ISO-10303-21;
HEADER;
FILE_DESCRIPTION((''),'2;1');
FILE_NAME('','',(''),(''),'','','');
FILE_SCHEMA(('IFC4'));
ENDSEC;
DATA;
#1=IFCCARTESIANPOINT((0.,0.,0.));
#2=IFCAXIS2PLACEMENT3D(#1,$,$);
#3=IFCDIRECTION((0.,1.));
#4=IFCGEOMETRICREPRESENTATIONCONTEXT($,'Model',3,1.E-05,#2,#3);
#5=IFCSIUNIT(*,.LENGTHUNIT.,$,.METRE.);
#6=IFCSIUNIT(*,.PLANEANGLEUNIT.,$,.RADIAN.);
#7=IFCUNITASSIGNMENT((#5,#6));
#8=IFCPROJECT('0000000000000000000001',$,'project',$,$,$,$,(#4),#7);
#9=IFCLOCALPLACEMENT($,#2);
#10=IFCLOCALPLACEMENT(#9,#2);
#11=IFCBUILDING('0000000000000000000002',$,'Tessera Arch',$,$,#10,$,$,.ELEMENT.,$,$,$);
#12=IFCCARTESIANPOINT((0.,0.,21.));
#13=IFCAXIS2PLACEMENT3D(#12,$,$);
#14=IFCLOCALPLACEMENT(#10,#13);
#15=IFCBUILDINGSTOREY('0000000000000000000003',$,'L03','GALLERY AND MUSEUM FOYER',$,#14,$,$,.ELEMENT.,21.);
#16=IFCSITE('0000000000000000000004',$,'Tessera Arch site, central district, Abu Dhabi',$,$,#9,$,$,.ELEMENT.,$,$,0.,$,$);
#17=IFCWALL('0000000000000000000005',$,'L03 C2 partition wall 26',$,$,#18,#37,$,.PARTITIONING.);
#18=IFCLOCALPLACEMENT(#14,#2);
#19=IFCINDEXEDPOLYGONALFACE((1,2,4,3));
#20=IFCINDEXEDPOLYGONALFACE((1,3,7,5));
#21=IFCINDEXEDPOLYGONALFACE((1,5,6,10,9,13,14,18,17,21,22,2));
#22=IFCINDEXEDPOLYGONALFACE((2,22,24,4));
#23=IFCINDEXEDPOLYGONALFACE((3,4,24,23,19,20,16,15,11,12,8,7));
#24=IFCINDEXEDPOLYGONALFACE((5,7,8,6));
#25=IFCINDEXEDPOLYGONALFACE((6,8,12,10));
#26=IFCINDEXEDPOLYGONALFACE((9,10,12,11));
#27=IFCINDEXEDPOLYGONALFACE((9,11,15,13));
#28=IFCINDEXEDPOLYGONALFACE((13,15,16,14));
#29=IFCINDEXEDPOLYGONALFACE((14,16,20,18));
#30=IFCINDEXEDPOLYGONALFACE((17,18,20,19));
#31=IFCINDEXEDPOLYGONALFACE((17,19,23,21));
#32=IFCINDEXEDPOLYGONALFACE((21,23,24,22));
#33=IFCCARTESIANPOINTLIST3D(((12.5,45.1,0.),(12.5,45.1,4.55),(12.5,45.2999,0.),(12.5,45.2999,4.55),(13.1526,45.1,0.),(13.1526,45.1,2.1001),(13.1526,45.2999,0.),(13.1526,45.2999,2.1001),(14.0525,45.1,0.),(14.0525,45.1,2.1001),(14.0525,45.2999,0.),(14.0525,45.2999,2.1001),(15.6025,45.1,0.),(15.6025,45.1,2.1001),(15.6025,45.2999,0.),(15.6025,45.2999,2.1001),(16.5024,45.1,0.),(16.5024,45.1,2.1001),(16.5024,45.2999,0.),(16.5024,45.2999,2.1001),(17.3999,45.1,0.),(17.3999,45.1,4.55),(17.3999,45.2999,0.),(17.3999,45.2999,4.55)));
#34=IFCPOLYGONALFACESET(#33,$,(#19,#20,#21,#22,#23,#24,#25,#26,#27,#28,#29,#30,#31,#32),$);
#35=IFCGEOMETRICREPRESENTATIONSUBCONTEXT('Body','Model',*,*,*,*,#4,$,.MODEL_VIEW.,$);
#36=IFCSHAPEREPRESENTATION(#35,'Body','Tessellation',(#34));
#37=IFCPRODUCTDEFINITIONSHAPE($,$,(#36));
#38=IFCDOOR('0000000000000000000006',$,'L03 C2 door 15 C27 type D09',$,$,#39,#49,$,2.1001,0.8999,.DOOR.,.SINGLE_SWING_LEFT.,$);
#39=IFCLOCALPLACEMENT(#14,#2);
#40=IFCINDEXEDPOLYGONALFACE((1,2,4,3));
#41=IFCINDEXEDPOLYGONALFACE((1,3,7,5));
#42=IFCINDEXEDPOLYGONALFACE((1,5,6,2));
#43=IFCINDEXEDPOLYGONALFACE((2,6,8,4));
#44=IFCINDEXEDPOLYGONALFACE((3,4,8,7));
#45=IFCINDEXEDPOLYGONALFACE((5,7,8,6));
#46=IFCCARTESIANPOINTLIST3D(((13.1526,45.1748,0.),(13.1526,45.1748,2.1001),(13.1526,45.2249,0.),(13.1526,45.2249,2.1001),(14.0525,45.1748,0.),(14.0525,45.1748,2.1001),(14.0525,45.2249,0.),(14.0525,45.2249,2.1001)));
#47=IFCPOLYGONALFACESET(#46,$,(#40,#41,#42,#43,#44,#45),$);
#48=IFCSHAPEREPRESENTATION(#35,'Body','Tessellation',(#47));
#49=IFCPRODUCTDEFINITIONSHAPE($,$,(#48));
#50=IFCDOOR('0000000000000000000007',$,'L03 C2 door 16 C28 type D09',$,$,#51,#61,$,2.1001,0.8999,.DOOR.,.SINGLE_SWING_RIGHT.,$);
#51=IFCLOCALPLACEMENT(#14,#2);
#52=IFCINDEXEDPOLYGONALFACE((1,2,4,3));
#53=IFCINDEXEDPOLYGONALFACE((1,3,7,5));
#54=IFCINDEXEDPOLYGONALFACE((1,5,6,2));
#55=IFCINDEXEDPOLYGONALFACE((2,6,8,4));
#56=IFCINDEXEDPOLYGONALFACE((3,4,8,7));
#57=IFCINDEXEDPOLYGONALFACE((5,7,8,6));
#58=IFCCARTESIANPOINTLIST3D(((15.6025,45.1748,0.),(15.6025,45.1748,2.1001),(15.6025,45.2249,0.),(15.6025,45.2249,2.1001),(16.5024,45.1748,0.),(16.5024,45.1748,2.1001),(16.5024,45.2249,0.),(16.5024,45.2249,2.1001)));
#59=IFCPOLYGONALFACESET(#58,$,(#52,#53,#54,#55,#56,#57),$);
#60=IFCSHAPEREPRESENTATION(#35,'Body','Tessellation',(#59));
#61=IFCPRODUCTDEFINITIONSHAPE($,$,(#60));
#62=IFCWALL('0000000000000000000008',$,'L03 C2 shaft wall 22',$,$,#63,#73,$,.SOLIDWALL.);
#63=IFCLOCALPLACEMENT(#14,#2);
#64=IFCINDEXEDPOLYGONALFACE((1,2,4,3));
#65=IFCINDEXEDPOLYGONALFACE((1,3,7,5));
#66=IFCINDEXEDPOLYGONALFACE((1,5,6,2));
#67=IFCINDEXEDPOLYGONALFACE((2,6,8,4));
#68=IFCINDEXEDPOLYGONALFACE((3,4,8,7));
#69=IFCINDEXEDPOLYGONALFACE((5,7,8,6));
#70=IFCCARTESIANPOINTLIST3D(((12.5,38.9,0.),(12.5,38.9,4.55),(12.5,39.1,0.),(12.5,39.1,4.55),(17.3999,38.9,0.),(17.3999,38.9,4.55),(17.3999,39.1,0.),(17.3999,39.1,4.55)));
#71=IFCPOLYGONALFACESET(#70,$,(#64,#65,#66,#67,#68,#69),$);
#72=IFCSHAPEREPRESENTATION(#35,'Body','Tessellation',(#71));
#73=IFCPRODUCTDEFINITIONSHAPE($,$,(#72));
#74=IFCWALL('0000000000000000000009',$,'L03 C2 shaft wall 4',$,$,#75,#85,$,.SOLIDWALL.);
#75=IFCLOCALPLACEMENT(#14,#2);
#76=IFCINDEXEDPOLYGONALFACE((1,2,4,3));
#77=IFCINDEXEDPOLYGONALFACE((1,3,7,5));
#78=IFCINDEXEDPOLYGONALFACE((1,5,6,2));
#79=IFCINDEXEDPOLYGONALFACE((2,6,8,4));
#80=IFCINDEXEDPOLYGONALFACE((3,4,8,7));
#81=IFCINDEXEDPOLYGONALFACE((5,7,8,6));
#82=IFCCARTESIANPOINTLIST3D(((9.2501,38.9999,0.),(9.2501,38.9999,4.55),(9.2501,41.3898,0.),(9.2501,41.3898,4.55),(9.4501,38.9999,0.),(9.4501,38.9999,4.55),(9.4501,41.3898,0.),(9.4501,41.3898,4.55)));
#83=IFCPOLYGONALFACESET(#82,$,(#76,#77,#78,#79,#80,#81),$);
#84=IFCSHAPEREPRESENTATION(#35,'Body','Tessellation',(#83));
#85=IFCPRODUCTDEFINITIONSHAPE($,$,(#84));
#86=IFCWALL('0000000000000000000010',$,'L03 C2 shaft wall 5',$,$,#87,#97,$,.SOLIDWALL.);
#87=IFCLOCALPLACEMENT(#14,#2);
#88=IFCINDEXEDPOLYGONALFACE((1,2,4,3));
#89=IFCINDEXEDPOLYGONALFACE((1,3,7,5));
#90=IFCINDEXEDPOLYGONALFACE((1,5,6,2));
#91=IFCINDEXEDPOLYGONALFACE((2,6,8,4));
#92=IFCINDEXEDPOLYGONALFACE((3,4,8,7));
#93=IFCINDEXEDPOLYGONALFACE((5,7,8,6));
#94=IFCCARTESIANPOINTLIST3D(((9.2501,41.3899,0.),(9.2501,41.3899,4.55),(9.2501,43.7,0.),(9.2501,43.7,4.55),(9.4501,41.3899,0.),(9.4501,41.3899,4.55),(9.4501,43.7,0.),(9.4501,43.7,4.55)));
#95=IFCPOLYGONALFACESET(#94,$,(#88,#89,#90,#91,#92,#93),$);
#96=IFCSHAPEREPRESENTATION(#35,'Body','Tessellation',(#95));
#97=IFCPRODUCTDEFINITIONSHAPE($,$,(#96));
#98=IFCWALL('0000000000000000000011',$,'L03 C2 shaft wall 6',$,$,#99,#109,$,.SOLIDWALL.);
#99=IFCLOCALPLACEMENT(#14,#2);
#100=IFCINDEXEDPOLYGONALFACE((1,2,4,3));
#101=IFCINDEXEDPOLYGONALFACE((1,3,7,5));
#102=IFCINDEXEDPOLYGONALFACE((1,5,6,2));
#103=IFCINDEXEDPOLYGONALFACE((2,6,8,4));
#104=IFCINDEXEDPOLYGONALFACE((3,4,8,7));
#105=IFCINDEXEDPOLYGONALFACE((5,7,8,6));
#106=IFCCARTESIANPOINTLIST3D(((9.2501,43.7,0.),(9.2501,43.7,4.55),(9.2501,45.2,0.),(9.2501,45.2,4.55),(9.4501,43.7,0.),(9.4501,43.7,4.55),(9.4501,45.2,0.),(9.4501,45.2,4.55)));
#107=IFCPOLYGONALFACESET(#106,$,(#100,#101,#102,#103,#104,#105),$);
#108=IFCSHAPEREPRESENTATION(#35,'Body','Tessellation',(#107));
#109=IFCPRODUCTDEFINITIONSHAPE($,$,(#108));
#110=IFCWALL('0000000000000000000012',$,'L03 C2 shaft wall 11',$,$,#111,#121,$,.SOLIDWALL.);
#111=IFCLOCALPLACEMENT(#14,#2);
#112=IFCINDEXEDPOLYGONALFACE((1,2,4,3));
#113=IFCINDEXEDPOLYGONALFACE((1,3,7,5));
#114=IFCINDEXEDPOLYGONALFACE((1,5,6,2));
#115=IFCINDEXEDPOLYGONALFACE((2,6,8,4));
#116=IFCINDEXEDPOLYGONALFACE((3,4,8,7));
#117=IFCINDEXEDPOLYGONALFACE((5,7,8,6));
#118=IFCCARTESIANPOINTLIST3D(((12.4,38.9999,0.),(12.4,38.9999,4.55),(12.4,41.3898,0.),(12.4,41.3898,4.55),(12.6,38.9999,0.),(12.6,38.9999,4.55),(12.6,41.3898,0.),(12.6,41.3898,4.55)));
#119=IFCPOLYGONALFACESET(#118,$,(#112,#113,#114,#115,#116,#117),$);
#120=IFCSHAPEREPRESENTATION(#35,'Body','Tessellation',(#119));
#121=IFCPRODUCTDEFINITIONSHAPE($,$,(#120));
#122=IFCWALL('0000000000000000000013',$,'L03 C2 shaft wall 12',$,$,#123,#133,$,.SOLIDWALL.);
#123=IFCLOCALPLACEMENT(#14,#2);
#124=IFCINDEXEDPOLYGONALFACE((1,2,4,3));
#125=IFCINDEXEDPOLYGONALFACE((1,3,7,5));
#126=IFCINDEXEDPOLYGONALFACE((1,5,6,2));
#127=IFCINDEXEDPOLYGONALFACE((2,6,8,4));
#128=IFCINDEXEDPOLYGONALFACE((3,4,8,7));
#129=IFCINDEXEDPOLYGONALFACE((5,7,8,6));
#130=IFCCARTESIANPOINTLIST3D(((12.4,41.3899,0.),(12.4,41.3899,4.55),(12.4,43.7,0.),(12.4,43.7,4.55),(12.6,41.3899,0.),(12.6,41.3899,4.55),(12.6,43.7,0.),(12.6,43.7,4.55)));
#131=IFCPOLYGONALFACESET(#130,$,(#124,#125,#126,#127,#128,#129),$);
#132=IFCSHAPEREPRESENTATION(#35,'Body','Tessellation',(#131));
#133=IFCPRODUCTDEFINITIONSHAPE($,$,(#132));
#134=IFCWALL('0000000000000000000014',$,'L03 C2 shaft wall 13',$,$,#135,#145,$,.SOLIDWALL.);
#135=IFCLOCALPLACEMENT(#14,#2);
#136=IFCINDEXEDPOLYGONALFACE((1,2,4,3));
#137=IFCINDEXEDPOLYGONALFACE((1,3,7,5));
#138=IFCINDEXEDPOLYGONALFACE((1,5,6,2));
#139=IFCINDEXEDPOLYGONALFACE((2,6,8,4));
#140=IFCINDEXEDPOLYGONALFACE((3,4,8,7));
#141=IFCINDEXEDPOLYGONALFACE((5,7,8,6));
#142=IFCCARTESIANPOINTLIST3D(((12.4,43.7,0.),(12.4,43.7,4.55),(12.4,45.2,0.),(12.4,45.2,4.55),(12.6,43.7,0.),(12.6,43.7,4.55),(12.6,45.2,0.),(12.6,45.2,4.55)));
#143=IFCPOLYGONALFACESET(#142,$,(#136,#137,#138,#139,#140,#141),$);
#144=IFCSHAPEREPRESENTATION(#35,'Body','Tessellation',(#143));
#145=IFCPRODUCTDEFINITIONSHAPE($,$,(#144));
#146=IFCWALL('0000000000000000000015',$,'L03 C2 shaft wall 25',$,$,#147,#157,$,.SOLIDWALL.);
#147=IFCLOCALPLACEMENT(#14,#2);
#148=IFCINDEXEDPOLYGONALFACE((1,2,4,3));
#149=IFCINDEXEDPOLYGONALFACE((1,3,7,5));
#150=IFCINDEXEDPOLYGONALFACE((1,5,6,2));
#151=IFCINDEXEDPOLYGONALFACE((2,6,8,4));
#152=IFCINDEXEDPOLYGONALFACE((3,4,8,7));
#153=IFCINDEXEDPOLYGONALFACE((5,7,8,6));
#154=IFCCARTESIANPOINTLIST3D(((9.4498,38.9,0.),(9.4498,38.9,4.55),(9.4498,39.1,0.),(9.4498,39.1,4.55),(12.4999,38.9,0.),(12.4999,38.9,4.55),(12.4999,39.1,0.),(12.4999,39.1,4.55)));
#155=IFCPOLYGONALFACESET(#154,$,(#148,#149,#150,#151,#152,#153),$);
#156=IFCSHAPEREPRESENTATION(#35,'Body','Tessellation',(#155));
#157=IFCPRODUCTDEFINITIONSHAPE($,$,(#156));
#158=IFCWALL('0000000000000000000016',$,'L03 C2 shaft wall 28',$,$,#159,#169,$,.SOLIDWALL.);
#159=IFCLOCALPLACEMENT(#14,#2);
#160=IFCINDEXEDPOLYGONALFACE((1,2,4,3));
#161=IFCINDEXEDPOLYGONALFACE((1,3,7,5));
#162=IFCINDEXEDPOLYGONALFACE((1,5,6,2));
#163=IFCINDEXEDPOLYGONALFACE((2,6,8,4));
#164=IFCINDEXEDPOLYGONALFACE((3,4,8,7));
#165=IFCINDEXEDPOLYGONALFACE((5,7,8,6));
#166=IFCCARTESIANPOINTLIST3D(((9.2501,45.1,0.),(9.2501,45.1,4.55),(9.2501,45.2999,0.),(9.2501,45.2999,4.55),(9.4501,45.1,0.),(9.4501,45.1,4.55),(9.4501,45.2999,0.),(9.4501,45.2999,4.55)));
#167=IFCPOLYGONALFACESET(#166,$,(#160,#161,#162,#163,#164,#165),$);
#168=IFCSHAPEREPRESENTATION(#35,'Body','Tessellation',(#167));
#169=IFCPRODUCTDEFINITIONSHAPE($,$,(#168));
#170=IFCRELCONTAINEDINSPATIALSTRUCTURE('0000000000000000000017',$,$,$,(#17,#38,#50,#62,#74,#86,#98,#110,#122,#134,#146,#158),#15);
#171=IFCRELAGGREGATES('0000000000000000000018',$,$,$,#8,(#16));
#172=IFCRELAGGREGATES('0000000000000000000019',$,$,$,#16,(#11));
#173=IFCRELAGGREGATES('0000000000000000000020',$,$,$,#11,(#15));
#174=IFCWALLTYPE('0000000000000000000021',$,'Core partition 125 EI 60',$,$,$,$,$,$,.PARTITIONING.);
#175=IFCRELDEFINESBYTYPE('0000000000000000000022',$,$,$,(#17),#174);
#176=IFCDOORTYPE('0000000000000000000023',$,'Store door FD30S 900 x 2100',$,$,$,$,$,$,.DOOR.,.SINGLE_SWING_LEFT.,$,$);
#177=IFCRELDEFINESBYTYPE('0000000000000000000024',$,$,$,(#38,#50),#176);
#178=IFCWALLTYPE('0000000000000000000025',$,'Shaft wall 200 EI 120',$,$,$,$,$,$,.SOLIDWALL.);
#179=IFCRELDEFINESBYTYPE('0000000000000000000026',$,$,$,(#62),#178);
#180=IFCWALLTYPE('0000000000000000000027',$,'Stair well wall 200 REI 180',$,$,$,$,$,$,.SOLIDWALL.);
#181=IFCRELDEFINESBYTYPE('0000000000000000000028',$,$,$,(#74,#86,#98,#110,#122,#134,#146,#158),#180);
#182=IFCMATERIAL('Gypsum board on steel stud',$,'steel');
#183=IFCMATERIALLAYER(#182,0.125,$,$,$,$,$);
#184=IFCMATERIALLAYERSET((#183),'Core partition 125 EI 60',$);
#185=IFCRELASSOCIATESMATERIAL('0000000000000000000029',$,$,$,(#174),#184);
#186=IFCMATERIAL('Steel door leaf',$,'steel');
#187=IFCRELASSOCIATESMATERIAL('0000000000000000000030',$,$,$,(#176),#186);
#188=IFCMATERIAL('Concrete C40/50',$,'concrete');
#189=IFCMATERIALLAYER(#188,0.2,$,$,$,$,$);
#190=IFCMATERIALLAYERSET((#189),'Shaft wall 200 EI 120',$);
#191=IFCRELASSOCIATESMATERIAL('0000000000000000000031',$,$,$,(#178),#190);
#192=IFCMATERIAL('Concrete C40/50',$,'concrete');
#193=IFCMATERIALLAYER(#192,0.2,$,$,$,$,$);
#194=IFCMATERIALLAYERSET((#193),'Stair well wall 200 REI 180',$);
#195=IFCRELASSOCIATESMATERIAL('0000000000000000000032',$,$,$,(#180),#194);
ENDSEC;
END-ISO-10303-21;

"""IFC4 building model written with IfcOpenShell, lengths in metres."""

from ifc_helpers import new_model, si_unit, direction, frame, frame_2d, origin, place, context, subcontext, project, spatial, rectangle, extrude, material, layer, layer_set, type_object, element, fill, save


model = new_model("IFC4")

# Units and contexts
model_context = context("Model", 3, precision=1e-05, world=origin(), true_north=direction((0.0, 1.0)))
body_context = subcontext(model_context, "Body", "Model", "MODEL_VIEW")
ifc_project = project(units=[si_unit("LENGTHUNIT", "METRE"), si_unit("PLANEANGLEUNIT", "RADIAN")], contexts=[model_context])

# Site, building, storey
site_placement = place(None, origin())
site = spatial("IfcSite", under=ifc_project, at=site_placement, Name="Tessera Arch site, central district, Abu Dhabi", CompositionType="ELEMENT", RefElevation=0.0)
building_placement = place(site_placement, origin())
building = spatial("IfcBuilding", under=site, at=building_placement, Name="Tessera Arch", CompositionType="ELEMENT")
storey_placement = place(building_placement, frame((0.0, 0.0, 21.0)))
storey = spatial("IfcBuildingStorey", under=building, at=storey_placement, Name="L03", Description="GALLERY AND MUSEUM FOYER", CompositionType="ELEMENT", Elevation=21.0)

# Shared definitions
ifc_material_1 = material(Name="Gypsum board on steel stud", Category="steel")
ifc_layer_1 = layer(ifc_material_1, 0.125)
ifc_layer_set_1 = layer_set([ifc_layer_1], Name="Core partition 125 EI 60")
wall_type_1 = type_object("IfcWallType", Name="Core partition 125 EI 60", PredefinedType="PARTITIONING", material=ifc_layer_set_1)

# Wall, openings, doors
wall_1_placement = place(storey_placement, frame((12.5, 45.2, 0.0), z_axis=(0.0, 0.0, 1.0), x_axis=(1.0, 0.0, 0.0)))
wall_1 = element("IfcWall", 1, at=wall_1_placement, inside=storey, type_object=wall_type_1, Name="L03 C2 partition wall 26", PredefinedType="PARTITIONING", context=body_context, shape_type="SweptSolid", body=[
    extrude(rectangle(XDim=4.8999, YDim=0.2, at=frame_2d((2.45, 0.0))), origin(), (0.0, 0.0, 1.0), 4.55),
])
opening_1_placement = place(wall_1_placement, frame((0.6526, 0.0, 0.0)))
opening_1 = element("IfcOpeningElement", 2, at=opening_1_placement, cuts=wall_1, PredefinedType="OPENING", context=body_context, shape_type="SweptSolid", body=[
    extrude(rectangle(XDim=0.8999, YDim=2.1001, at=frame_2d((0.45, 1.05))), frame((0.0, 0.1099, 0.0), z_axis=(0.0, -1.0, 0.0), x_axis=(1.0, 0.0, 0.0)), (0.0, 0.0, 1.0), 0.22),
])
opening_2_placement = place(wall_1_placement, frame((3.1025, 0.0, 0.0)))
opening_2 = element("IfcOpeningElement", 3, at=opening_2_placement, cuts=wall_1, PredefinedType="OPENING", context=body_context, shape_type="SweptSolid", body=[
    extrude(rectangle(XDim=0.8999, YDim=2.1001, at=frame_2d((0.45, 1.05))), frame((0.0, 0.1099, 0.0), z_axis=(0.0, -1.0, 0.0), x_axis=(1.0, 0.0, 0.0)), (0.0, 0.0, 1.0), 0.22),
])
ifc_material_2 = material(Name="Steel door leaf", Category="steel")
door_type_1 = type_object("IfcDoorType", Name="Store door FD30S 900 x 2100", OperationType="SINGLE_SWING_LEFT", PredefinedType="DOOR", material=ifc_material_2)
door_1_placement = place(opening_1_placement, origin())
door_1 = element("IfcDoor", 4, at=door_1_placement, inside=storey, type_object=door_type_1, Name="L03 C2 door 15 C27 type D09", OperationType="SINGLE_SWING_LEFT", OverallHeight=2.1001, OverallWidth=0.8999, PredefinedType="DOOR", context=body_context, shape_type="SweptSolid", body=[
    extrude(rectangle(XDim=0.8999, YDim=2.1001, at=frame_2d((0.45, 1.05))), frame((0.0, 0.0249, 0.0), z_axis=(0.0, -1.0, 0.0), x_axis=(1.0, 0.0, 0.0)), (0.0, 0.0, 1.0), 0.05),
])
fill(opening_1, door_1)
door_2_placement = place(opening_2_placement, origin())
door_2 = element("IfcDoor", 5, at=door_2_placement, inside=storey, type_object=door_type_1, Name="L03 C2 door 16 C28 type D09", OperationType="SINGLE_SWING_RIGHT", OverallHeight=2.1001, OverallWidth=0.8999, PredefinedType="DOOR", context=body_context, shape_type="SweptSolid", body=[
    extrude(rectangle(XDim=0.8999, YDim=2.1001, at=frame_2d((0.45, 1.05))), frame((0.0, 0.0249, 0.0), z_axis=(0.0, -1.0, 0.0), x_axis=(1.0, 0.0, 0.0)), (0.0, 0.0, 1.0), 0.05),
])
fill(opening_2, door_2)

# Walls
ifc_material_3 = material(Name="Concrete C40/50", Category="concrete")
ifc_layer_2 = layer(ifc_material_3, 0.2)
ifc_layer_set_2 = layer_set([ifc_layer_2], Name="Shaft wall 200 EI 120")
wall_type_2 = type_object("IfcWallType", Name="Shaft wall 200 EI 120", PredefinedType="SOLIDWALL", material=ifc_layer_set_2)
wall_2_placement = place(storey_placement, frame((12.5, 39.0, 0.0), z_axis=(0.0, 0.0, 1.0), x_axis=(1.0, 0.0, 0.0)))
element("IfcWall", 6, at=wall_2_placement, inside=storey, type_object=wall_type_2, Name="L03 C2 shaft wall 22", PredefinedType="SOLIDWALL", context=body_context, shape_type="SweptSolid", body=[
    extrude(rectangle(XDim=4.8999, YDim=0.2, at=frame_2d((2.45, 0.0))), origin(), (0.0, 0.0, 1.0), 4.55),
])
ifc_material_4 = material(Name="Concrete C40/50", Category="concrete")
ifc_layer_3 = layer(ifc_material_4, 0.2)
ifc_layer_set_3 = layer_set([ifc_layer_3], Name="Stair well wall 200 REI 180")
wall_type_3 = type_object("IfcWallType", Name="Stair well wall 200 REI 180", PredefinedType="SOLIDWALL", material=ifc_layer_set_3)
wall_3_placement = place(storey_placement, frame((9.3501, 39.0, 0.0), z_axis=(0.0, 0.0, 1.0), x_axis=(0.0, 1.0, 0.0)))
element("IfcWall", 7, at=wall_3_placement, inside=storey, type_object=wall_type_3, Name="L03 C2 shaft wall 4", PredefinedType="SOLIDWALL", context=body_context, shape_type="SweptSolid", body=[
    extrude(rectangle(XDim=2.3899, YDim=0.2, at=frame_2d((1.1948, 0.0))), origin(), (0.0, 0.0, 1.0), 4.55),
])
wall_4_placement = place(storey_placement, frame((9.3501, 41.3899, 0.0), z_axis=(0.0, 0.0, 1.0), x_axis=(0.0, 1.0, 0.0)))
element("IfcWall", 8, at=wall_4_placement, inside=storey, type_object=wall_type_3, Name="L03 C2 shaft wall 5", PredefinedType="SOLIDWALL", context=body_context, shape_type="SweptSolid", body=[
    extrude(rectangle(XDim=2.3101, YDim=0.2, at=frame_2d((1.155, 0.0))), origin(), (0.0, 0.0, 1.0), 4.55),
])
wall_5_placement = place(storey_placement, frame((9.3501, 43.7, 0.0), z_axis=(0.0, 0.0, 1.0), x_axis=(0.0, 1.0, 0.0)))
element("IfcWall", 9, at=wall_5_placement, inside=storey, type_object=wall_type_3, Name="L03 C2 shaft wall 6", PredefinedType="SOLIDWALL", context=body_context, shape_type="SweptSolid", body=[
    extrude(rectangle(XDim=1.5, YDim=0.2, at=frame_2d((0.75, 0.0))), origin(), (0.0, 0.0, 1.0), 4.55),
])
wall_6_placement = place(storey_placement, frame((12.5, 39.0, 0.0), z_axis=(0.0, 0.0, 1.0), x_axis=(0.0, 1.0, 0.0)))
element("IfcWall", 10, at=wall_6_placement, inside=storey, type_object=wall_type_3, Name="L03 C2 shaft wall 11", PredefinedType="SOLIDWALL", context=body_context, shape_type="SweptSolid", body=[
    extrude(rectangle(XDim=2.3899, YDim=0.2, at=frame_2d((1.1948, 0.0))), origin(), (0.0, 0.0, 1.0), 4.55),
])
wall_7_placement = place(storey_placement, frame((12.5, 41.3899, 0.0), z_axis=(0.0, 0.0, 1.0), x_axis=(0.0, 1.0, 0.0)))
element("IfcWall", 11, at=wall_7_placement, inside=storey, type_object=wall_type_3, Name="L03 C2 shaft wall 12", PredefinedType="SOLIDWALL", context=body_context, shape_type="SweptSolid", body=[
    extrude(rectangle(XDim=2.3101, YDim=0.2, at=frame_2d((1.155, 0.0))), origin(), (0.0, 0.0, 1.0), 4.55),
])
wall_8_placement = place(storey_placement, frame((12.5, 43.7, 0.0), z_axis=(0.0, 0.0, 1.0), x_axis=(0.0, 1.0, 0.0)))
element("IfcWall", 12, at=wall_8_placement, inside=storey, type_object=wall_type_3, Name="L03 C2 shaft wall 13", PredefinedType="SOLIDWALL", context=body_context, shape_type="SweptSolid", body=[
    extrude(rectangle(XDim=1.5, YDim=0.2, at=frame_2d((0.75, 0.0))), origin(), (0.0, 0.0, 1.0), 4.55),
])
wall_9_placement = place(storey_placement, frame((9.45, 39.0, 0.0), z_axis=(0.0, 0.0, 1.0), x_axis=(1.0, 0.0, 0.0)))
element("IfcWall", 13, at=wall_9_placement, inside=storey, type_object=wall_type_3, Name="L03 C2 shaft wall 25", PredefinedType="SOLIDWALL", context=body_context, shape_type="SweptSolid", body=[
    extrude(rectangle(XDim=3.05, YDim=0.2, at=frame_2d((1.5249, 0.0))), origin(), (0.0, 0.0, 1.0), 4.55),
])
wall_10_placement = place(storey_placement, frame((9.25, 45.2, 0.0), z_axis=(0.0, 0.0, 1.0), x_axis=(1.0, 0.0, 0.0)))
element("IfcWall", 14, at=wall_10_placement, inside=storey, type_object=wall_type_3, Name="L03 C2 shaft wall 28", PredefinedType="SOLIDWALL", context=body_context, shape_type="SweptSolid", body=[
    extrude(rectangle(XDim=0.2, YDim=0.2, at=frame_2d((0.1001, 0.0))), origin(), (0.0, 0.0, 1.0), 4.55),
])

save(model, "model.ifc")
